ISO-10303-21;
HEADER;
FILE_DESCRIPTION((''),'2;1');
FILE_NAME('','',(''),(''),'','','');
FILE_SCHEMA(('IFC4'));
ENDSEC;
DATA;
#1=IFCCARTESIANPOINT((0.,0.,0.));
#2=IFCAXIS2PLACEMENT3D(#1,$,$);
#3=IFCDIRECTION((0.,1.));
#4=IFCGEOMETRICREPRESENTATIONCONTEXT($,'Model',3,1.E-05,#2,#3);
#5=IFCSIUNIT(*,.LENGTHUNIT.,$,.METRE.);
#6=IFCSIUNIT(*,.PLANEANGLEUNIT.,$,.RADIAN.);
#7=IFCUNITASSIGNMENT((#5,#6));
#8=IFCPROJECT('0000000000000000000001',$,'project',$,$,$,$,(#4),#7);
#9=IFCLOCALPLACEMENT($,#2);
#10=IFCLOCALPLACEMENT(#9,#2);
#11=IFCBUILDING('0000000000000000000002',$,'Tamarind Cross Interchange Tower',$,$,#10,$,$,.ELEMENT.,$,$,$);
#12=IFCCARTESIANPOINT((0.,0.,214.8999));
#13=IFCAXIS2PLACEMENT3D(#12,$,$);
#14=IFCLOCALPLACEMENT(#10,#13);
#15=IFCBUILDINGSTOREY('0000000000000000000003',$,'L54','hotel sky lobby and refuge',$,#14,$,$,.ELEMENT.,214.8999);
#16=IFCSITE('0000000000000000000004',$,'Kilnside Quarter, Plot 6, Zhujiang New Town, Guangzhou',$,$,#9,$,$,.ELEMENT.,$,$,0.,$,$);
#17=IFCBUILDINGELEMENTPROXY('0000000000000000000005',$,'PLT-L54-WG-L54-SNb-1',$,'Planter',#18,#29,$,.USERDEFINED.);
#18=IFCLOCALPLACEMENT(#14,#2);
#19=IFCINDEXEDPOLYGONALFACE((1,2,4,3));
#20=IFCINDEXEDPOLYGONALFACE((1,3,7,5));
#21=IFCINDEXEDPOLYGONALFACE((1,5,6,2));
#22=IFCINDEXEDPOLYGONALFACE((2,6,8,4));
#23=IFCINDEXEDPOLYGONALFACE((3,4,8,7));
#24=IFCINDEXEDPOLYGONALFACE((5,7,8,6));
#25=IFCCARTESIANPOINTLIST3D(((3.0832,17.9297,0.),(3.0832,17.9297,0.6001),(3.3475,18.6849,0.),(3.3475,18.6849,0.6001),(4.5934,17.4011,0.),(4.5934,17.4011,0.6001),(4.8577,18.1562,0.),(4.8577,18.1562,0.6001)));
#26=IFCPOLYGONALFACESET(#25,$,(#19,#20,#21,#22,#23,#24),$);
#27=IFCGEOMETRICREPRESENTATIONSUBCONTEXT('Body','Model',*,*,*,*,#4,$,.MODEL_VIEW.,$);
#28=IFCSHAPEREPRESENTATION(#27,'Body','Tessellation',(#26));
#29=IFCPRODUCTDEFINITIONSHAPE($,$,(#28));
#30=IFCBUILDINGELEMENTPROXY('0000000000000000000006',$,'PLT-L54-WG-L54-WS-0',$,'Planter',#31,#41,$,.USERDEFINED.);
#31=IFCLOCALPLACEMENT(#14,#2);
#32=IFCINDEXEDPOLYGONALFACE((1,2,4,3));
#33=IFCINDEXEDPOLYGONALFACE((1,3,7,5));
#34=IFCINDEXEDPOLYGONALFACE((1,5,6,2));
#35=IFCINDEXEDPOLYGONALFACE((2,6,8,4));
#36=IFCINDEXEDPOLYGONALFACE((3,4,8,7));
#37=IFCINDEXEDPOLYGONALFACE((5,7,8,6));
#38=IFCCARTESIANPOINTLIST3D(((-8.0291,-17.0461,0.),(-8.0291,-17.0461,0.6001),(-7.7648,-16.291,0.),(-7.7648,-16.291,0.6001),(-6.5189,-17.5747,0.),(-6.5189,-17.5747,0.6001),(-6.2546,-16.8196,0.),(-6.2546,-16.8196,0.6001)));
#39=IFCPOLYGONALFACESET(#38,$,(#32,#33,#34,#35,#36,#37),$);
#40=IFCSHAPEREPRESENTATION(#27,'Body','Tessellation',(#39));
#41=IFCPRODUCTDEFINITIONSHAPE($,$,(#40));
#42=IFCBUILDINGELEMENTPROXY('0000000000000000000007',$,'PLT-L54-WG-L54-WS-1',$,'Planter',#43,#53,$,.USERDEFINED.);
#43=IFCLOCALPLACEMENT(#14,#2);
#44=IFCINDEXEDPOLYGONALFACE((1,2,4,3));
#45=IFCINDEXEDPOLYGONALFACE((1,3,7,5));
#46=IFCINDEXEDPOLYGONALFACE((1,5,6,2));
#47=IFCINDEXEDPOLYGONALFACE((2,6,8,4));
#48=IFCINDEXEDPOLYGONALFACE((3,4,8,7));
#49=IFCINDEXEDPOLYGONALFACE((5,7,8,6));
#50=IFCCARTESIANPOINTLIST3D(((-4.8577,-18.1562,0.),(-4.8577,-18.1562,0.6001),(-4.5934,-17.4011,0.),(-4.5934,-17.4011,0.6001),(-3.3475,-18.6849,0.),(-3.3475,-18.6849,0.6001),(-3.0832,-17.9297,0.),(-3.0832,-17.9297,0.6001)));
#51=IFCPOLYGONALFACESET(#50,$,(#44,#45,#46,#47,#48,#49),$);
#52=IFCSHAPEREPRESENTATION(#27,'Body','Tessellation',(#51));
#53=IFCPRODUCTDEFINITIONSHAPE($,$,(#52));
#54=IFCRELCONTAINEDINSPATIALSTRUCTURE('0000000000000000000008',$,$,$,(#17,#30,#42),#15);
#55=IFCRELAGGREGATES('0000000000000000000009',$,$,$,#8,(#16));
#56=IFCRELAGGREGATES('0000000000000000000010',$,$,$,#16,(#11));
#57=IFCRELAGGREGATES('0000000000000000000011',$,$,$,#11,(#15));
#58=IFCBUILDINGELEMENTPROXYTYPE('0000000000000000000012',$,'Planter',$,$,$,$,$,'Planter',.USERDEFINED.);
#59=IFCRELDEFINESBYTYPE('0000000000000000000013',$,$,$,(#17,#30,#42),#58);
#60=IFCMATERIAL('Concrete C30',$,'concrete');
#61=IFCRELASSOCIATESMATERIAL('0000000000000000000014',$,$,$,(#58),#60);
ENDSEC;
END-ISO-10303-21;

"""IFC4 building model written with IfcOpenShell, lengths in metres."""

from ifc_helpers import new_model, si_unit, direction, frame, origin, origin_2d, place, context, subcontext, project, spatial, rectangle, extrude, material, type_object, element, save


model = new_model("IFC4")

# Units and contexts
model_context = context("Model", 3, precision=1e-05, world=origin(), true_north=direction((0.0, 1.0)))
body_context = subcontext(model_context, "Body", "Model", "MODEL_VIEW")
ifc_project = project(units=[si_unit("LENGTHUNIT", "METRE"), si_unit("PLANEANGLEUNIT", "RADIAN")], contexts=[model_context])

# Site, building, storey
site_placement = place(None, origin())
site = spatial("IfcSite", under=ifc_project, at=site_placement, Name="Kilnside Quarter, Plot 6, Zhujiang New Town, Guangzhou", CompositionType="ELEMENT", RefElevation=0.0)
building_placement = place(site_placement, origin())
building = spatial("IfcBuilding", under=site, at=building_placement, Name="Tamarind Cross Interchange Tower", CompositionType="ELEMENT")
storey_placement = place(building_placement, frame((0.0, 0.0, 214.8999)))
storey = spatial("IfcBuildingStorey", under=building, at=storey_placement, Name="L54", Description="hotel sky lobby and refuge", CompositionType="ELEMENT", Elevation=214.8999)

# Building element proxies
ifc_material_1 = material(Name="Concrete C30", Category="concrete")
building_element_proxy_type = type_object("IfcBuildingElementProxyType", Name="Planter", ElementType="Planter", PredefinedType="USERDEFINED", material=ifc_material_1)
proxy_1_placement = place(storey_placement, origin())
element("IfcBuildingElementProxy", 1, at=proxy_1_placement, inside=storey, type_object=building_element_proxy_type, Name="PLT-L54-WG-L54-SNb-1", ObjectType="Planter", PredefinedType="USERDEFINED", context=body_context, shape_type="SweptSolid", body=[
    extrude(rectangle(XDim=1.6001, YDim=0.8, at=origin_2d()), frame((3.9705, 18.043, 0.0), z_axis=(0.0, 0.0, 1.0), x_axis=(-0.943847, 0.330383, 0.0)), (0.0, 0.0, 1.0), 0.6001),
])
proxy_2_placement = place(storey_placement, origin())
element("IfcBuildingElementProxy", 2, at=proxy_2_placement, inside=storey, type_object=building_element_proxy_type, Name="PLT-L54-WG-L54-WS-0", ObjectType="Planter", PredefinedType="USERDEFINED", context=body_context, shape_type="SweptSolid", body=[
    extrude(rectangle(XDim=1.6001, YDim=0.8, at=origin_2d()), frame((-7.1418, -16.9329, 0.0), z_axis=(0.0, 0.0, 1.0), x_axis=(0.943847, -0.330383, 0.0)), (0.0, 0.0, 1.0), 0.6001),
])
proxy_3_placement = place(storey_placement, origin())
element("IfcBuildingElementProxy", 3, at=proxy_3_placement, inside=storey, type_object=building_element_proxy_type, Name="PLT-L54-WG-L54-WS-1", ObjectType="Planter", PredefinedType="USERDEFINED", context=body_context, shape_type="SweptSolid", body=[
    extrude(rectangle(XDim=1.6001, YDim=0.8, at=origin_2d()), frame((-3.9705, -18.043, 0.0), z_axis=(0.0, 0.0, 1.0), x_axis=(0.943847, -0.330383, 0.0)), (0.0, 0.0, 1.0), 0.6001),
])

save(model, "model.ifc")
